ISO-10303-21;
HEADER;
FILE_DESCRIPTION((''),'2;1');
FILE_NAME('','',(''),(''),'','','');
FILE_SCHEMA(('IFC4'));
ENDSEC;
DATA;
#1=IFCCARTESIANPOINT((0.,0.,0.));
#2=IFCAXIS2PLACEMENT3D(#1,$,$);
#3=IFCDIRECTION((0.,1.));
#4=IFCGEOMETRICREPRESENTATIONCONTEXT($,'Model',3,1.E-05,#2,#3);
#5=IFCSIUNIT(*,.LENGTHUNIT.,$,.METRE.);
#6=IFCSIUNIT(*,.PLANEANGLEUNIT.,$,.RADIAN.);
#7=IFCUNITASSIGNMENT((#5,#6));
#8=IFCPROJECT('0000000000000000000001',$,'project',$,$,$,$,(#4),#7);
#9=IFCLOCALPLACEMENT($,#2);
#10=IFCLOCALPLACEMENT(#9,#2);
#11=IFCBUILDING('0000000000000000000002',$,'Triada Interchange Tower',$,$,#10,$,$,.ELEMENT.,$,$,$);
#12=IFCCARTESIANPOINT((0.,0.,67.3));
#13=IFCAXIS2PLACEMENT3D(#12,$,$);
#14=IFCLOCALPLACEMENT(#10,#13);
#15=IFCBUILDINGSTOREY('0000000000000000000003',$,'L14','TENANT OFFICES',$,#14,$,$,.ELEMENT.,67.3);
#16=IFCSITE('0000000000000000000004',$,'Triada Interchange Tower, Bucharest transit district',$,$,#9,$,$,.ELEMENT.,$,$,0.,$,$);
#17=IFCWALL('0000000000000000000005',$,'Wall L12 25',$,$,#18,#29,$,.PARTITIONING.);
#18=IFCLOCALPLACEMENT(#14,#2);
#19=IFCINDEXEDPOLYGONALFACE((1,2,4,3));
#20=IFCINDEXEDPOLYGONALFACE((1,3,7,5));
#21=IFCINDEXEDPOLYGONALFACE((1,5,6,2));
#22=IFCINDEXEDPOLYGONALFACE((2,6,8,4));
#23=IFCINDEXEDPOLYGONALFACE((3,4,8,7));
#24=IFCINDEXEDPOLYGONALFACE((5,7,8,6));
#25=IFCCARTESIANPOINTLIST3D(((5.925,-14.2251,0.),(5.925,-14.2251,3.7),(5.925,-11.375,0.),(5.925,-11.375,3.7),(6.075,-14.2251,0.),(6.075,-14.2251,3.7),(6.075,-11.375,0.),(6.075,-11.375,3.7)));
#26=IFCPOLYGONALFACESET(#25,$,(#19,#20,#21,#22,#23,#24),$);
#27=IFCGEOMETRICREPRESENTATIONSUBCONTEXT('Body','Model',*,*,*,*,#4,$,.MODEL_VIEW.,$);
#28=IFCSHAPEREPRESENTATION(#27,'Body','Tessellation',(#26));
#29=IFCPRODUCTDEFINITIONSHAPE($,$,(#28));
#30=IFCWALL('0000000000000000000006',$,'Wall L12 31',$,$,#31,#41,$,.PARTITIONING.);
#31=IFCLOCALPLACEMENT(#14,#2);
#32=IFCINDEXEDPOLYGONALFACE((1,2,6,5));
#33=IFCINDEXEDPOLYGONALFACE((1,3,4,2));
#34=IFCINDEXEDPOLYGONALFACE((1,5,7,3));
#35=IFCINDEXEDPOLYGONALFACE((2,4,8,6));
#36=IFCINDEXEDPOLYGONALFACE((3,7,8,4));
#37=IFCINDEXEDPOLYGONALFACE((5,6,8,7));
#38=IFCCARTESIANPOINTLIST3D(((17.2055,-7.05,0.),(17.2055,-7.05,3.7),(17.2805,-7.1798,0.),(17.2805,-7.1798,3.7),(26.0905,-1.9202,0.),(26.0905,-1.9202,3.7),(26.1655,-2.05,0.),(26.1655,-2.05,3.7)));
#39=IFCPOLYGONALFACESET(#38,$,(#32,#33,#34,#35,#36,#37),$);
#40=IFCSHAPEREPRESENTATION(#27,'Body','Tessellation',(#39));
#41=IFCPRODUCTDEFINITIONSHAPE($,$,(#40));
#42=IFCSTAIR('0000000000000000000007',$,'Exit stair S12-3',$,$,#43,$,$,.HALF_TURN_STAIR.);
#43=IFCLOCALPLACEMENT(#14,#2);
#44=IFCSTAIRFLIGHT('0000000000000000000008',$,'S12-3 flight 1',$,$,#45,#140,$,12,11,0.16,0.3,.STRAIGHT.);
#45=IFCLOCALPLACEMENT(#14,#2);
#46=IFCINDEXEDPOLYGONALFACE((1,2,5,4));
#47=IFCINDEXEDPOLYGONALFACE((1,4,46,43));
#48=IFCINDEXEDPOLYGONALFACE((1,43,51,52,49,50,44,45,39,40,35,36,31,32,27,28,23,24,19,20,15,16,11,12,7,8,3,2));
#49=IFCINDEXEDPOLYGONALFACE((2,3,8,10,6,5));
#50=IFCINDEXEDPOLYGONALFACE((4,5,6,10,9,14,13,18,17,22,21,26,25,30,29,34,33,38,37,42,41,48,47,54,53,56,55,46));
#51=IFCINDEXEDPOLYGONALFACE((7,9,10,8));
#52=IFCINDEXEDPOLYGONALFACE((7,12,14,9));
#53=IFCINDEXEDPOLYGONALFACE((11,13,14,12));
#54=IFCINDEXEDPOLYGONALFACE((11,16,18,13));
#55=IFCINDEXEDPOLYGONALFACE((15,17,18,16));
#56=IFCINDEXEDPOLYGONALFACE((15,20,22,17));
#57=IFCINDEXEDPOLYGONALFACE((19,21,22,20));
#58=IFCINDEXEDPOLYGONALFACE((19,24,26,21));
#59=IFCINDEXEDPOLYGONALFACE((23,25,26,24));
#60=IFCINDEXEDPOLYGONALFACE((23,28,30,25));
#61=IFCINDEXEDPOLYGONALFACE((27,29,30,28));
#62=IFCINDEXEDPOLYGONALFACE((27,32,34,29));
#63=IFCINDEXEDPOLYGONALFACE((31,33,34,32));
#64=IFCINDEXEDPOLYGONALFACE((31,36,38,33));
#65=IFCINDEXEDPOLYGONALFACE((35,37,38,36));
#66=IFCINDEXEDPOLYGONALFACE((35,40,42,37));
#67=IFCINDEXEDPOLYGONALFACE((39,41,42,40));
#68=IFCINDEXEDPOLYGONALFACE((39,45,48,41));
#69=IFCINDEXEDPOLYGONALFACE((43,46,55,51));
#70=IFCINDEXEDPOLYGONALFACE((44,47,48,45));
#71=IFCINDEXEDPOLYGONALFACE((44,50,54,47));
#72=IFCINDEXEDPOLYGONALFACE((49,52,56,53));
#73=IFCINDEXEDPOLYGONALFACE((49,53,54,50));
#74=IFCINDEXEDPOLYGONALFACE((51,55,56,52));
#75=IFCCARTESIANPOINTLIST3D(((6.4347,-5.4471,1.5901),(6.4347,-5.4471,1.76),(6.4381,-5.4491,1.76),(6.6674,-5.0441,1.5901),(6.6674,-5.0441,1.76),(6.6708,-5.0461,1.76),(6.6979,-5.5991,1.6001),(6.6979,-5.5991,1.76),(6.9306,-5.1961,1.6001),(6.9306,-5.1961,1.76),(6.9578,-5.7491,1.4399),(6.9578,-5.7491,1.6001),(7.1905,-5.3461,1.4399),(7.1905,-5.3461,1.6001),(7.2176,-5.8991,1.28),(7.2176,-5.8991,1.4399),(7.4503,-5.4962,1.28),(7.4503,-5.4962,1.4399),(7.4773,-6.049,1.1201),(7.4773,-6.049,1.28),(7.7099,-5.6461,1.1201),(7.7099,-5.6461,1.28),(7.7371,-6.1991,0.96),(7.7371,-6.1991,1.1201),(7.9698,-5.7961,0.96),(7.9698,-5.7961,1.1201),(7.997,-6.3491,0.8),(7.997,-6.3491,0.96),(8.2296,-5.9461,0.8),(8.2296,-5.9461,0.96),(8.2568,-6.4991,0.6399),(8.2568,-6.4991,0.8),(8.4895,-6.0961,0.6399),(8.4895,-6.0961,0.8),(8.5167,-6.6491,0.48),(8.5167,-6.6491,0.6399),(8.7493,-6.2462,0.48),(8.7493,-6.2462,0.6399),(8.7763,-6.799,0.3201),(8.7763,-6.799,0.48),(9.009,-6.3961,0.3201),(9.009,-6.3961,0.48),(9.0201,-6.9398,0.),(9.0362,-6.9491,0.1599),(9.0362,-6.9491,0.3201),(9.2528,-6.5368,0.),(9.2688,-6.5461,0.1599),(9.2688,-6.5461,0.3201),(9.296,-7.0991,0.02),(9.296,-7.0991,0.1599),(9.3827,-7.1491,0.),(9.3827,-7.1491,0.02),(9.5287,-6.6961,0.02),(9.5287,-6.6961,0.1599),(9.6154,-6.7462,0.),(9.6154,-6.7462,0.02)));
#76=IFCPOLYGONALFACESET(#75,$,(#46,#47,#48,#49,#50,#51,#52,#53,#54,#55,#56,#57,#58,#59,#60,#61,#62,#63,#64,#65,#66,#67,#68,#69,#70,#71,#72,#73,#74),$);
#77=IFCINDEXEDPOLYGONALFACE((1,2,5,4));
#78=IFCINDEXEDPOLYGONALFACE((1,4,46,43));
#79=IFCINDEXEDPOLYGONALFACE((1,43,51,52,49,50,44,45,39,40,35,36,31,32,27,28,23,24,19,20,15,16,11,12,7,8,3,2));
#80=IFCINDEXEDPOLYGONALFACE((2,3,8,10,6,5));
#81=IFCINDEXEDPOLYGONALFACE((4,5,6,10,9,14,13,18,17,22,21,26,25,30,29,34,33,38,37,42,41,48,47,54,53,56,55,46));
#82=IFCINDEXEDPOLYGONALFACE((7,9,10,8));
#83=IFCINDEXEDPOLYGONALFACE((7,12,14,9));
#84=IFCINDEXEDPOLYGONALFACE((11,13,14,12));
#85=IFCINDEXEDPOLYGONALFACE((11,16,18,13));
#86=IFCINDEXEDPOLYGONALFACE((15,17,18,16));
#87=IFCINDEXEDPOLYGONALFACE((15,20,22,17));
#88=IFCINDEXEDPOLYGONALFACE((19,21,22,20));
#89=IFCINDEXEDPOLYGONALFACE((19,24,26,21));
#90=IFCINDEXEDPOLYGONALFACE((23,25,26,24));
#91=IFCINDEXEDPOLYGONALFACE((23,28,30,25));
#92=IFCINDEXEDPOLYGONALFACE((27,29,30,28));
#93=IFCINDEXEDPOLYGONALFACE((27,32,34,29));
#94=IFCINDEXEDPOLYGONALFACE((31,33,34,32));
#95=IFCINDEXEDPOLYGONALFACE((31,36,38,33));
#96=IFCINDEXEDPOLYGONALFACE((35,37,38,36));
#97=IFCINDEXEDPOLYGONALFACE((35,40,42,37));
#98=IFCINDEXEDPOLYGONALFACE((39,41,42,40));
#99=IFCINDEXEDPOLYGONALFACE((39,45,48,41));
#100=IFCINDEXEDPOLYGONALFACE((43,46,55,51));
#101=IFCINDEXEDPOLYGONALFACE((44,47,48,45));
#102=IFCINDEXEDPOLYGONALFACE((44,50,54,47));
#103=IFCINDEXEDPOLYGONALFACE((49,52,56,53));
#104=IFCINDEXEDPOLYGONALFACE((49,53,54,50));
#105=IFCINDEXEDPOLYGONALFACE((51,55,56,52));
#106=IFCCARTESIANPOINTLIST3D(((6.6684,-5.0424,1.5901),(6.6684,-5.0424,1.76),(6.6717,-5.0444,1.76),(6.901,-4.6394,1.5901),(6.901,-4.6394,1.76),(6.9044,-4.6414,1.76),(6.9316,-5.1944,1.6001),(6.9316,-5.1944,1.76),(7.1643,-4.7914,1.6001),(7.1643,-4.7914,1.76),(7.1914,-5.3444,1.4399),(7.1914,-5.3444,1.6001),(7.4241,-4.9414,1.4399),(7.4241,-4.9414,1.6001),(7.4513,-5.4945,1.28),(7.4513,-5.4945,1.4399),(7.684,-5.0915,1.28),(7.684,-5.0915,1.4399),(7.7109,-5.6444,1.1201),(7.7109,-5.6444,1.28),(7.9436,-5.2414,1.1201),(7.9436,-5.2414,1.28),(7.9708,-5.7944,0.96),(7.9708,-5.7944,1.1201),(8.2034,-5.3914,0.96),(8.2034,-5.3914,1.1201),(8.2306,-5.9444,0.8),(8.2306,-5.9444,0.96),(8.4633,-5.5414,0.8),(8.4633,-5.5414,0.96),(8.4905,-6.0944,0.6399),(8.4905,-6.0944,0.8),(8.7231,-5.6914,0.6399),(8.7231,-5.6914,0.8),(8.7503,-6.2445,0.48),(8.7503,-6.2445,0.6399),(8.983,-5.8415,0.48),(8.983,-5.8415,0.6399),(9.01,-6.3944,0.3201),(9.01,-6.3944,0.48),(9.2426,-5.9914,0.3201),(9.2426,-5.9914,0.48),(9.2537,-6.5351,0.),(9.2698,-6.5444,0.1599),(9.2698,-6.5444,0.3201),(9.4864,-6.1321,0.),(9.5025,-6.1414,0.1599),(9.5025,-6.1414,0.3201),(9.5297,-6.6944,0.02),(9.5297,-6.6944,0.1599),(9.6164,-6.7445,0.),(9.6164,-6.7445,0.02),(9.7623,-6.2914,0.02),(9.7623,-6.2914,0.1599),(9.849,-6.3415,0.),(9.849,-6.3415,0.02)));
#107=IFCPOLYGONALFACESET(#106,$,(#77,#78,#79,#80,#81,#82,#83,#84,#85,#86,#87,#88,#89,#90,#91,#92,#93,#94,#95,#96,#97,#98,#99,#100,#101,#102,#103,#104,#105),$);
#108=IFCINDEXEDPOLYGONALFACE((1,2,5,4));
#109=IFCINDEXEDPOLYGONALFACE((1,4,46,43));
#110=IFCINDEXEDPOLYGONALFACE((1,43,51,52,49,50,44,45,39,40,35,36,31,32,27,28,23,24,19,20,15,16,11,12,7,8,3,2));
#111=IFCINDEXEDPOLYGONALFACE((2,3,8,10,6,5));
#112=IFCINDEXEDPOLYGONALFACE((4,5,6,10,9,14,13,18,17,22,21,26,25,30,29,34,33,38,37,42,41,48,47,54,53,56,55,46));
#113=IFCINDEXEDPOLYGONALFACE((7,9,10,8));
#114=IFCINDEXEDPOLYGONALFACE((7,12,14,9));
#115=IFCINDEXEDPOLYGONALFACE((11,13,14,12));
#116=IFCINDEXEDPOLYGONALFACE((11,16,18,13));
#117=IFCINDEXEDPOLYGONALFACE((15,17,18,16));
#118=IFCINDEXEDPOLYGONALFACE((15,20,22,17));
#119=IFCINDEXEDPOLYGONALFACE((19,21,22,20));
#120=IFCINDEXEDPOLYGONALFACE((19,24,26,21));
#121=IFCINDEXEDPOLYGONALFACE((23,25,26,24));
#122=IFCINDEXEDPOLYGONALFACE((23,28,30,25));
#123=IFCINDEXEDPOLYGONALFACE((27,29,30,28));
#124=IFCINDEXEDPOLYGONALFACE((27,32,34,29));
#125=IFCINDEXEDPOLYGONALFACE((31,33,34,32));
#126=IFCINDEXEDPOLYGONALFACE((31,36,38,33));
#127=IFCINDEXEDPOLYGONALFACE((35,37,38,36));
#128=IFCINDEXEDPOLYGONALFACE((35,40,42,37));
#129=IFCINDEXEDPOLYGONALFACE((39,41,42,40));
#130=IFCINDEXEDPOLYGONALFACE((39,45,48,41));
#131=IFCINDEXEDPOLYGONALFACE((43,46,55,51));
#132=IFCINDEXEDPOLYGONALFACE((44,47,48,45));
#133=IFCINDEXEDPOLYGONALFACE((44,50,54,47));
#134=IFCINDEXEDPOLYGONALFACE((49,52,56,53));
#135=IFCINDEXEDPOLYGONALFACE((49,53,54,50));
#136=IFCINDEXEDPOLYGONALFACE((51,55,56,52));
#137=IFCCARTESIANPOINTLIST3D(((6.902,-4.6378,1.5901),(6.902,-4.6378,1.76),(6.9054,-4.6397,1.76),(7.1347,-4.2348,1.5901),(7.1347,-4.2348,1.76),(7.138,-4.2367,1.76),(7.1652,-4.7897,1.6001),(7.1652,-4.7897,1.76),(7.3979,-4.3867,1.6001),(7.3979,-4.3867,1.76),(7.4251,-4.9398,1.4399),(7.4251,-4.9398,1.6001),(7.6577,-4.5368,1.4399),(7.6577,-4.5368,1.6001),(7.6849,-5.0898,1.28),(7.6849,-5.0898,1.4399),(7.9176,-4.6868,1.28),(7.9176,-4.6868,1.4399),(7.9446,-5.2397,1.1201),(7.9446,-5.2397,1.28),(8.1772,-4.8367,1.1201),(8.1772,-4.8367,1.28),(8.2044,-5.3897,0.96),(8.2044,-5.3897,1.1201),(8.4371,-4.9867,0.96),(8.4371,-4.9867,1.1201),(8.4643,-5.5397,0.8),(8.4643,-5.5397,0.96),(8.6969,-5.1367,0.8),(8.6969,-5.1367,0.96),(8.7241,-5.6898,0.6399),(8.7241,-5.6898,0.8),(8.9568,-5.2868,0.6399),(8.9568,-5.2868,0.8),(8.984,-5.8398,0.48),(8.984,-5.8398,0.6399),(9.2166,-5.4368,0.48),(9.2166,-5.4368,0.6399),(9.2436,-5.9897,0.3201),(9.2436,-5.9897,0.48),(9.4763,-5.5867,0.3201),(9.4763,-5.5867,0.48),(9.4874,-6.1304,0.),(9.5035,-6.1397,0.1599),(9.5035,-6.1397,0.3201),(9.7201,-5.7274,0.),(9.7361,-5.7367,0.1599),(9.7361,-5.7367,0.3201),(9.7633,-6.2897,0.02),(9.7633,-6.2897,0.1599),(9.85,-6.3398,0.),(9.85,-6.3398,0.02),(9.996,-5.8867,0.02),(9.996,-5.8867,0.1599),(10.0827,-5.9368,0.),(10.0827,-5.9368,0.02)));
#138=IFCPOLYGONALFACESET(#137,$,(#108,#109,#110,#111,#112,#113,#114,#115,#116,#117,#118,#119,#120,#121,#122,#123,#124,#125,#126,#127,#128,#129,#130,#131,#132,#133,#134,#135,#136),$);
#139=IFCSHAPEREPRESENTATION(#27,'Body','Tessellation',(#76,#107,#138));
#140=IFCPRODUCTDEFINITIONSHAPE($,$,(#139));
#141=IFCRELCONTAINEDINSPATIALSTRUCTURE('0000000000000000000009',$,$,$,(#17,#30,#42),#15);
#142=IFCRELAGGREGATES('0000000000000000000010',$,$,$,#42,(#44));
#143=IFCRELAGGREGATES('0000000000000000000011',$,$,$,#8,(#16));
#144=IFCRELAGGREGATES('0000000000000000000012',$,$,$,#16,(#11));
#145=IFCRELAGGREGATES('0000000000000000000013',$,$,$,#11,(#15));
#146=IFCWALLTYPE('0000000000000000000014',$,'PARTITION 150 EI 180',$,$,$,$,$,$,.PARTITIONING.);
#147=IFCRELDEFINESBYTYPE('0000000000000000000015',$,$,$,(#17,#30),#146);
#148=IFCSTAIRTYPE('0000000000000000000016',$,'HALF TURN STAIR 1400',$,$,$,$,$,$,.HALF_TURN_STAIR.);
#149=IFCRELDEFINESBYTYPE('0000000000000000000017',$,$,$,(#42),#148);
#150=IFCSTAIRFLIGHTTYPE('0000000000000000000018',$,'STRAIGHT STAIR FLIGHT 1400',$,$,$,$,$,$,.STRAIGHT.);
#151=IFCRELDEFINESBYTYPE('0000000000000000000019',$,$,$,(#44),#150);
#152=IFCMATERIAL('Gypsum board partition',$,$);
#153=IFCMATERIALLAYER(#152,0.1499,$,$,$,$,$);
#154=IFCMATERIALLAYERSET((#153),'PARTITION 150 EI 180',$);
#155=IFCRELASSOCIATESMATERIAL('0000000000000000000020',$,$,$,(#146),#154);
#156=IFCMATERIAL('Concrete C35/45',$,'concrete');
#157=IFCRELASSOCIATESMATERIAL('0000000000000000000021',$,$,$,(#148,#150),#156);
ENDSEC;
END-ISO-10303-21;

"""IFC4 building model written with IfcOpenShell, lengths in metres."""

from ifc_helpers import new_model, si_unit, direction, frame, frame_2d, origin, place, context, subcontext, project, spatial, polyline, rectangle, outline, extrude, material, layer, layer_set, type_object, element, aggregate, save


model = new_model("IFC4")

# Units and contexts
model_context = context("Model", 3, precision=1e-05, world=origin(), true_north=direction((0.0, 1.0)))
body_context = subcontext(model_context, "Body", "Model", "MODEL_VIEW")
ifc_project = project(units=[si_unit("LENGTHUNIT", "METRE"), si_unit("PLANEANGLEUNIT", "RADIAN")], contexts=[model_context])

# Site, building, storey
site_placement = place(None, origin())
site = spatial("IfcSite", under=ifc_project, at=site_placement, Name="Triada Interchange Tower, Bucharest transit district", CompositionType="ELEMENT", RefElevation=0.0)
building_placement = place(site_placement, origin())
building = spatial("IfcBuilding", under=site, at=building_placement, Name="Triada Interchange Tower", CompositionType="ELEMENT")
storey_placement = place(building_placement, frame((0.0, 0.0, 67.3)))
storey = spatial("IfcBuildingStorey", under=building, at=storey_placement, Name="L14", Description="TENANT OFFICES", CompositionType="ELEMENT", Elevation=67.3)

# Walls
ifc_material_1 = material(Name="Gypsum board partition")
ifc_layer_1 = layer(ifc_material_1, 0.1499)
ifc_layer_set_1 = layer_set([ifc_layer_1], Name="PARTITION 150 EI 180")
wall_type_1 = type_object("IfcWallType", Name="PARTITION 150 EI 180", PredefinedType="PARTITIONING", material=ifc_layer_set_1)
wall_1_placement = place(storey_placement, frame((6.0, -14.2251, 0.0), z_axis=(0.0, 0.0, 1.0), x_axis=(0.0, 1.0, 0.0)))
element("IfcWall", 1, at=wall_1_placement, inside=storey, type_object=wall_type_1, Name="Wall L12 25", PredefinedType="PARTITIONING", context=body_context, shape_type="SweptSolid", body=[
    extrude(rectangle(XDim=2.8501, YDim=0.1499, at=frame_2d((1.425, 0.0))), origin(), (0.0, 0.0, 1.0), 3.7),
])
wall_2_placement = place(storey_placement, frame((17.2429, -7.115, 0.0), z_axis=(0.0, 0.0, 1.0), x_axis=(0.86602, 0.500009, 0.0)))
element("IfcWall", 2, at=wall_2_placement, inside=storey, type_object=wall_type_1, Name="Wall L12 31", PredefinedType="PARTITIONING", context=body_context, shape_type="SweptSolid", body=[
    extrude(rectangle(XDim=10.2595, YDim=0.1499, at=frame_2d((5.1299, 0.0))), origin(), (0.0, 0.0, 1.0), 3.7),
])

# Stair, stair flight
ifc_material_2 = material(Name="Concrete C35/45", Category="concrete")
stair_type = type_object("IfcStairType", Name="HALF TURN STAIR 1400", PredefinedType="HALF_TURN_STAIR", material=ifc_material_2)
stair_placement = place(storey_placement, origin())
stair = element("IfcStair", 3, at=stair_placement, inside=storey, type_object=stair_type, Name="Exit stair S12-3", PredefinedType="HALF_TURN_STAIR")
stair_flight_type = type_object("IfcStairFlightType", Name="STRAIGHT STAIR FLIGHT 1400", PredefinedType="STRAIGHT", material=ifc_material_2)
stair_flight_1_placement = place(storey_placement, frame((9.646, -6.4929, 0.0), z_axis=(0.0, 0.0, 1.0), x_axis=(-0.866025, 0.5, 0.0)))
stair_flight_1 = element("IfcStairFlight", 4, at=stair_flight_1_placement, type_object=stair_flight_type, Name="S12-3 flight 1", NumberOfRisers=12, NumberOfTreads=11, PredefinedType="STRAIGHT", RiserHeight=0.16, TreadLength=0.3, context=body_context, shape_type="SweptSolid", body=[
    extrude(outline(polyline([(-0.1001, 0.0), (-0.1001, 0.02), (0.0, 0.02), (0.0, 0.1599), (0.3, 0.1599), (0.3, 0.3201), (0.6001, 0.3201), (0.6001, 0.48), (0.8999, 0.48), (0.8999, 0.6399), (1.2, 0.6399), (1.2, 0.8), (1.5, 0.8), (1.5, 0.96), (1.8, 0.96), (1.8, 1.1201), (2.1001, 1.1201), (2.1001, 1.28), (2.3999, 1.28), (2.3999, 1.4399), (2.7, 1.4399), (2.7, 1.6001), (3.0, 1.6001), (3.0, 1.76), (3.3, 1.76), (3.304, 1.76), (3.304, 1.9199), (3.304, 1.5901), (0.3186, 0.0), (-0.1001, 0.0)])), frame((0.0, 0.7, 0.0), z_axis=(0.0, -1.0, 0.0), x_axis=(1.0, 0.0, 0.0)), (0.0, 0.0, 1.0), 0.4653),
    extrude(outline(polyline([(-0.1001, 0.0), (-0.1001, 0.02), (0.0, 0.02), (0.0, 0.1599), (0.3, 0.1599), (0.3, 0.3201), (0.6001, 0.3201), (0.6001, 0.48), (0.8999, 0.48), (0.8999, 0.6399), (1.2, 0.6399), (1.2, 0.8), (1.5, 0.8), (1.5, 0.96), (1.8, 0.96), (1.8, 1.1201), (2.1001, 1.1201), (2.1001, 1.28), (2.3999, 1.28), (2.3999, 1.4399), (2.7, 1.4399), (2.7, 1.6001), (3.0, 1.6001), (3.0, 1.76), (3.3, 1.76), (3.304, 1.76), (3.304, 1.9199), (3.304, 1.5901), (0.3186, 0.0), (-0.1001, 0.0)])), frame((0.0, 0.2327, 0.0), z_axis=(0.0, -1.0, 0.0), x_axis=(1.0, 0.0, 0.0)), (0.0, 0.0, 1.0), 0.4653),
    extrude(outline(polyline([(-0.1001, 0.0), (-0.1001, 0.02), (0.0, 0.02), (0.0, 0.1599), (0.3, 0.1599), (0.3, 0.3201), (0.6001, 0.3201), (0.6001, 0.48), (0.8999, 0.48), (0.8999, 0.6399), (1.2, 0.6399), (1.2, 0.8), (1.5, 0.8), (1.5, 0.96), (1.8, 0.96), (1.8, 1.1201), (2.1001, 1.1201), (2.1001, 1.28), (2.3999, 1.28), (2.3999, 1.4399), (2.7, 1.4399), (2.7, 1.6001), (3.0, 1.6001), (3.0, 1.76), (3.3, 1.76), (3.304, 1.76), (3.304, 1.9199), (3.304, 1.5901), (0.3186, 0.0), (-0.1001, 0.0)])), frame((0.0, -0.2346, 0.0), z_axis=(0.0, -1.0, 0.0), x_axis=(1.0, 0.0, 0.0)), (0.0, 0.0, 1.0), 0.4653),
])
aggregate(stair, [stair_flight_1])

save(model, "model.ifc")
